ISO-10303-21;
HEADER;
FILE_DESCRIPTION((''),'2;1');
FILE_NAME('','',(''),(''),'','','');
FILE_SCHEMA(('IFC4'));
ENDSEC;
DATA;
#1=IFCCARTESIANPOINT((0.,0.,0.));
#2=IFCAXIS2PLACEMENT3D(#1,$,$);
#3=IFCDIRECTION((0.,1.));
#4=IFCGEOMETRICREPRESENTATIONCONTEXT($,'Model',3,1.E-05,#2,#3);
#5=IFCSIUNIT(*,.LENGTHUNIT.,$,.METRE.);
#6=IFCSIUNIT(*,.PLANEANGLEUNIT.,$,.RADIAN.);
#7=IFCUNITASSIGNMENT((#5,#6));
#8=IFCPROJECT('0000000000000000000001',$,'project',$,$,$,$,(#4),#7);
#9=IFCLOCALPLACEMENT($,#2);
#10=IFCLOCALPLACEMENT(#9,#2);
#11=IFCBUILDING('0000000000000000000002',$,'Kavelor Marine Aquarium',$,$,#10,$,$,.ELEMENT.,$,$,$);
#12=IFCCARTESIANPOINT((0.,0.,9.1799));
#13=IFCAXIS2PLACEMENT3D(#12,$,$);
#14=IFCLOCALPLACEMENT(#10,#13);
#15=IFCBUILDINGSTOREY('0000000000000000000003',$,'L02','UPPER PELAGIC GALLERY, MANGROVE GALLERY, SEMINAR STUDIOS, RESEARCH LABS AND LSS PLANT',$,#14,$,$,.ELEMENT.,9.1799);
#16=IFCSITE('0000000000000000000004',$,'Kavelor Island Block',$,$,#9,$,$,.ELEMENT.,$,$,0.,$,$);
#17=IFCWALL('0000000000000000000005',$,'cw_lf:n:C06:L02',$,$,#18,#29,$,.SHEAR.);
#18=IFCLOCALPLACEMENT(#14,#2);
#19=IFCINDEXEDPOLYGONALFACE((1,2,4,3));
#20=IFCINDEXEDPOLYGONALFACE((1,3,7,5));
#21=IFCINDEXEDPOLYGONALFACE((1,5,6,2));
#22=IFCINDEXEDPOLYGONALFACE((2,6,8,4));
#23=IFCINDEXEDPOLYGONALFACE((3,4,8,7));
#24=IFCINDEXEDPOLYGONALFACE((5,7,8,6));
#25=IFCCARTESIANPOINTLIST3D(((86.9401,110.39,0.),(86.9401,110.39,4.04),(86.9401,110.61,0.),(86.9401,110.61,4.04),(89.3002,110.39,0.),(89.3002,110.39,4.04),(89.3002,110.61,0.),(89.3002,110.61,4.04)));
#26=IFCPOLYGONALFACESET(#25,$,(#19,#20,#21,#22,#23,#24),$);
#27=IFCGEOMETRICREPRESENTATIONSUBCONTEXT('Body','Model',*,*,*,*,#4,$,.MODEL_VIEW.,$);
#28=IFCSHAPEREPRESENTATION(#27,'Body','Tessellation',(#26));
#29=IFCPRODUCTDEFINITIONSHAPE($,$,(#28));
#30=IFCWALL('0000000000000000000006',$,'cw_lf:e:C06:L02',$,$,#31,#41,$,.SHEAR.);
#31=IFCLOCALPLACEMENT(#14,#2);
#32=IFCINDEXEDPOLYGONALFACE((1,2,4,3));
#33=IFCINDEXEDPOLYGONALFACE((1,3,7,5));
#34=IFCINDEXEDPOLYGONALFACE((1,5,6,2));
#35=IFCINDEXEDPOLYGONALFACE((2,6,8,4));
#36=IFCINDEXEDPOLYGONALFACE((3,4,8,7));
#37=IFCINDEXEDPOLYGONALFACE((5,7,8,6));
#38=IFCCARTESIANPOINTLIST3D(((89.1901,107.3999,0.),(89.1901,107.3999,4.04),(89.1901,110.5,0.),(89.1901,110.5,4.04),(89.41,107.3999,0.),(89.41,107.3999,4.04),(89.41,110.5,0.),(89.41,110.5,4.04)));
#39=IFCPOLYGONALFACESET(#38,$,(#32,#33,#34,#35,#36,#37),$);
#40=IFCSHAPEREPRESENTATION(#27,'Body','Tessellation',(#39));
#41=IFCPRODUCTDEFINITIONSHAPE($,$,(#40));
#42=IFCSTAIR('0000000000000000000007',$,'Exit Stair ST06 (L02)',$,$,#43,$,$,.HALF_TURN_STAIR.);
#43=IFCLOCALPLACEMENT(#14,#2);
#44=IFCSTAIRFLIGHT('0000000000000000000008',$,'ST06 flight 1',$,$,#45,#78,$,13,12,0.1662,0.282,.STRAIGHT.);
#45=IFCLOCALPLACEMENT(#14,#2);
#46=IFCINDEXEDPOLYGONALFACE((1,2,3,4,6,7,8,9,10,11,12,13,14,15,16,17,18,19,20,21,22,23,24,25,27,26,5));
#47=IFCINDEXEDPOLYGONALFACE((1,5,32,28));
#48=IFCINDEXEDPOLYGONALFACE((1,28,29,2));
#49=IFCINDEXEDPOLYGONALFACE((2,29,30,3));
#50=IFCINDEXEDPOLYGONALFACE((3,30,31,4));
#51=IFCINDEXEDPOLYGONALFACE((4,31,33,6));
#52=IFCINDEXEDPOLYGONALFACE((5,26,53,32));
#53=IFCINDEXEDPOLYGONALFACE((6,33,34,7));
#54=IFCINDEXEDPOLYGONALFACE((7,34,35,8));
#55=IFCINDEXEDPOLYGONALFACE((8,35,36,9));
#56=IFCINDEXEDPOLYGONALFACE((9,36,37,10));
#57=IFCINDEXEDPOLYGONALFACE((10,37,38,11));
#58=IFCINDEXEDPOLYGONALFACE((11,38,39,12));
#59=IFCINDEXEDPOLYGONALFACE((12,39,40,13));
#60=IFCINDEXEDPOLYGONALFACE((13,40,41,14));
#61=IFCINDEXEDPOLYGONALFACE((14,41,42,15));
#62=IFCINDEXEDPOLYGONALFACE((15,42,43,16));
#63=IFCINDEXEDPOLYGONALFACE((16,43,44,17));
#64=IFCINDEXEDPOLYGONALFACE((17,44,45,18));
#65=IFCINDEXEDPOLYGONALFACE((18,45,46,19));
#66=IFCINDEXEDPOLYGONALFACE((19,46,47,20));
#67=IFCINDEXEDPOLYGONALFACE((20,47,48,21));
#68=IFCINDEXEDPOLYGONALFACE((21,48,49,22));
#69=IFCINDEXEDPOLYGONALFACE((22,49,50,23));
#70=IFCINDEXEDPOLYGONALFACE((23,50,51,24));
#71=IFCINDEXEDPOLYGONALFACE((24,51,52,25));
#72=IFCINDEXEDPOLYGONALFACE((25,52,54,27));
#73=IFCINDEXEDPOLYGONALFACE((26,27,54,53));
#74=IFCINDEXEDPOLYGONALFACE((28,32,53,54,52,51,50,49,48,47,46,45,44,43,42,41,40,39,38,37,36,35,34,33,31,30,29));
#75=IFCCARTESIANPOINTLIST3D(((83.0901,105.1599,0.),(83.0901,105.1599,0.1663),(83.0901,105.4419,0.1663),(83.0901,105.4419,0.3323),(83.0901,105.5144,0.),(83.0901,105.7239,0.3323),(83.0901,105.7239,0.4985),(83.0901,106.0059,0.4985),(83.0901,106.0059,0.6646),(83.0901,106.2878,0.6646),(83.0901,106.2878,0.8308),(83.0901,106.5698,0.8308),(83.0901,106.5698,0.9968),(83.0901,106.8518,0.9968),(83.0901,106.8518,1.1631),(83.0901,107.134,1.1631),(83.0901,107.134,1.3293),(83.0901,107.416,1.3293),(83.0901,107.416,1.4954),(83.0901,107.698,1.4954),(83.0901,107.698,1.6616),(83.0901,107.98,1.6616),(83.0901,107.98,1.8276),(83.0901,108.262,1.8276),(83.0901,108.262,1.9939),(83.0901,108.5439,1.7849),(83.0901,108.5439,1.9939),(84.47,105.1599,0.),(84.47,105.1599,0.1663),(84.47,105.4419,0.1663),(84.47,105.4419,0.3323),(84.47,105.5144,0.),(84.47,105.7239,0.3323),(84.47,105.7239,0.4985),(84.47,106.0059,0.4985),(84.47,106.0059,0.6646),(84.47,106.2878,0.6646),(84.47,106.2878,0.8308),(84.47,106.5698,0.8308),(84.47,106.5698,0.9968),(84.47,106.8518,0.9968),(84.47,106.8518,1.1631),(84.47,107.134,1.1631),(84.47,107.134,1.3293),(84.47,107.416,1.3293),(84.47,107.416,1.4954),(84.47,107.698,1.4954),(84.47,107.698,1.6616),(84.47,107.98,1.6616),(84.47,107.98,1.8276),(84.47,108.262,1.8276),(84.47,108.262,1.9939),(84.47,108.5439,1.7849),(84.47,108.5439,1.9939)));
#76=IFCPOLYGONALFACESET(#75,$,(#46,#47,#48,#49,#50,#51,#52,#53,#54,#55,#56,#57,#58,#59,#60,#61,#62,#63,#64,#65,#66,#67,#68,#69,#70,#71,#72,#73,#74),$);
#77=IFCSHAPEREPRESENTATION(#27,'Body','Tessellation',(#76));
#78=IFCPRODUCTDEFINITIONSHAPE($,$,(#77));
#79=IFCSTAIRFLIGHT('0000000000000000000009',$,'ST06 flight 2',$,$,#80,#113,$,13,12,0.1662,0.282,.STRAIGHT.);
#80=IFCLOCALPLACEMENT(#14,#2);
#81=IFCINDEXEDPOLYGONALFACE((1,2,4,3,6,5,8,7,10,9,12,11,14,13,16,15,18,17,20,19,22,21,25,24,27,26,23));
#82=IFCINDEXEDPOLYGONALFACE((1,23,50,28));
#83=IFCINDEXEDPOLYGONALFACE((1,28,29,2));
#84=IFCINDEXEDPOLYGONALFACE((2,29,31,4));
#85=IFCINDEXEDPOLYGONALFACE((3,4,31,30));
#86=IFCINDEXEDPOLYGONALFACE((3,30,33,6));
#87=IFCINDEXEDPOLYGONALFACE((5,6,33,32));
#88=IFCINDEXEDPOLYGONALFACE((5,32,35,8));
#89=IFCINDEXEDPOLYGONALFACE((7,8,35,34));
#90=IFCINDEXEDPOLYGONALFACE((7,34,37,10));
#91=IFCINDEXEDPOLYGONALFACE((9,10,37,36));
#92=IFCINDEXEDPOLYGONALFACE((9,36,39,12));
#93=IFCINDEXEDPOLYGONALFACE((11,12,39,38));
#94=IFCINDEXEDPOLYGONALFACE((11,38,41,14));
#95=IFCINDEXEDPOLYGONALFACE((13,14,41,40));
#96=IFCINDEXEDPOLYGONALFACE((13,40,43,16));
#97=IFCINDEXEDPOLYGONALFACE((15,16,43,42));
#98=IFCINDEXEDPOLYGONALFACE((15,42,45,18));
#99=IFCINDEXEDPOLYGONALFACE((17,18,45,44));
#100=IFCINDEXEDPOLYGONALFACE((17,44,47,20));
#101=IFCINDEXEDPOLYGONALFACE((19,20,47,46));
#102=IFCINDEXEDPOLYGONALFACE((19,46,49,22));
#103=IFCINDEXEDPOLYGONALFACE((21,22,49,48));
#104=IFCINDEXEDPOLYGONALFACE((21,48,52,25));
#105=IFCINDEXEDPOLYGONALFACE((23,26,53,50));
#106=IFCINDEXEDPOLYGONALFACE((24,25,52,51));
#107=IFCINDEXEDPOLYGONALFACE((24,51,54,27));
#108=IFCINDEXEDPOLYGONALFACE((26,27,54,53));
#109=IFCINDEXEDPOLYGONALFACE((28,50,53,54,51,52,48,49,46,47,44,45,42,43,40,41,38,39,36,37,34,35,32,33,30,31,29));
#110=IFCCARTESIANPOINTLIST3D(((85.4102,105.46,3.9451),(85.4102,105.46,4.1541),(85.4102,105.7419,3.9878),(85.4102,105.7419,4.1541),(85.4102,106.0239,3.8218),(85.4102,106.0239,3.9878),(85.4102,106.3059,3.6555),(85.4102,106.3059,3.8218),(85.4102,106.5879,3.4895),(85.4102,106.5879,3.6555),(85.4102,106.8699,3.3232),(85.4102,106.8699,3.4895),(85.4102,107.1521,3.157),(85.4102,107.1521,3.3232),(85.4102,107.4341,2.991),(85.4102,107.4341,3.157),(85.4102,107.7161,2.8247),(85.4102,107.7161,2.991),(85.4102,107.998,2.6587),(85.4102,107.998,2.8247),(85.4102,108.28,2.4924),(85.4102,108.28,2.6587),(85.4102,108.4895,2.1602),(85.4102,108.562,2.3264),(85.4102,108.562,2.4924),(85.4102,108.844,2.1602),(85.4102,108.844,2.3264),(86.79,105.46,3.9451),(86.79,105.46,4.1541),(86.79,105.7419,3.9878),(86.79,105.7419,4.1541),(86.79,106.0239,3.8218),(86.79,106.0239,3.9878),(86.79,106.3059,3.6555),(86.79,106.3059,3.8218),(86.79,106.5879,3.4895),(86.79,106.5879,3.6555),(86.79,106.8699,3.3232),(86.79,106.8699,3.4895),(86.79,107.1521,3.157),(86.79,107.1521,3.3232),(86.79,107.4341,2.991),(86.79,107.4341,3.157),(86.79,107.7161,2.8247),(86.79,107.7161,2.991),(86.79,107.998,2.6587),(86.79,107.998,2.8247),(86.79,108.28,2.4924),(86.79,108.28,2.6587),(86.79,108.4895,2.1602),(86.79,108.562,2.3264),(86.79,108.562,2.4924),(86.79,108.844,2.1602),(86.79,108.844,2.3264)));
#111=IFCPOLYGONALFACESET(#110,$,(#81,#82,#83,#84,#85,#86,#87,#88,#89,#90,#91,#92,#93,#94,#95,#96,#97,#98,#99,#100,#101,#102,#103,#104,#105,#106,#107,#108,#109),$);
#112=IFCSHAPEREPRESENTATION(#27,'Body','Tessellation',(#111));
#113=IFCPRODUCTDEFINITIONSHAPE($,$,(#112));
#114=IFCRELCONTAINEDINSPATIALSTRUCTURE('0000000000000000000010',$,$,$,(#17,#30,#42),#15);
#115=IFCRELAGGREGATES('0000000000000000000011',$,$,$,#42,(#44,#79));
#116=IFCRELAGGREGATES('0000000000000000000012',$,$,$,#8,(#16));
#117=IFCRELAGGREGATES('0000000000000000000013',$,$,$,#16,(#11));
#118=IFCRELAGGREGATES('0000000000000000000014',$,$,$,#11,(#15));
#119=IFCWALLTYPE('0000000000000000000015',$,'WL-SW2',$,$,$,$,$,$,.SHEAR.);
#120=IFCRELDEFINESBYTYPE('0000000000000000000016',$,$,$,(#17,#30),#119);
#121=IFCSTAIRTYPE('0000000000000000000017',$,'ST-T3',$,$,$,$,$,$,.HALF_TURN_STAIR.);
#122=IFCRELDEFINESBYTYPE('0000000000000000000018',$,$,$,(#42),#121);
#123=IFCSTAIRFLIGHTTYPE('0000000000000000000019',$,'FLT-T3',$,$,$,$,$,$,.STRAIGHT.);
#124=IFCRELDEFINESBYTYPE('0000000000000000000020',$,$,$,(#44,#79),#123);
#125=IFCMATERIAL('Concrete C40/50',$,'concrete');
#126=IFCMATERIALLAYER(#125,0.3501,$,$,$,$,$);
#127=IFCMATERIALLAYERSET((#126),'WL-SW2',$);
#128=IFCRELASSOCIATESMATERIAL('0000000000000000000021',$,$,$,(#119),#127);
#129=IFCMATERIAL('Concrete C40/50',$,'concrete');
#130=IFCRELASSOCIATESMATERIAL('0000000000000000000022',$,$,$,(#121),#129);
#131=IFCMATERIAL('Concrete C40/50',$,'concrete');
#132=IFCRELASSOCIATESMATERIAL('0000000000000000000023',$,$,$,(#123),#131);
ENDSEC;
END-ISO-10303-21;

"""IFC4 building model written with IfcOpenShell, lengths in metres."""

from ifc_helpers import new_model, si_unit, direction, frame, frame_2d, origin, place, context, subcontext, project, spatial, polyline, rectangle, outline, extrude, material, layer, layer_set, type_object, element, aggregate, save


model = new_model("IFC4")

# Units and contexts
model_context = context("Model", 3, precision=1e-05, world=origin(), true_north=direction((0.0, 1.0)))
body_context = subcontext(model_context, "Body", "Model", "MODEL_VIEW")
ifc_project = project(units=[si_unit("LENGTHUNIT", "METRE"), si_unit("PLANEANGLEUNIT", "RADIAN")], contexts=[model_context])

# Site, building, storey
site_placement = place(None, origin())
site = spatial("IfcSite", under=ifc_project, at=site_placement, Name="Kavelor Island Block", CompositionType="ELEMENT", RefElevation=0.0)
building_placement = place(site_placement, origin())
building = spatial("IfcBuilding", under=site, at=building_placement, Name="Kavelor Marine Aquarium", CompositionType="ELEMENT")
storey_placement = place(building_placement, frame((0.0, 0.0, 9.1799)))
storey = spatial("IfcBuildingStorey", under=building, at=storey_placement, Name="L02", Description="UPPER PELAGIC GALLERY, MANGROVE GALLERY, SEMINAR STUDIOS, RESEARCH LABS AND LSS PLANT", CompositionType="ELEMENT", Elevation=9.1799)

# Shared definitions
ifc_material_1 = material(Name="Concrete C40/50", Category="concrete")
ifc_layer_1 = layer(ifc_material_1, 0.3501)
ifc_layer_set_1 = layer_set([ifc_layer_1], Name="WL-SW2")
wall_type_1 = type_object("IfcWallType", Name="WL-SW2", PredefinedType="SHEAR", material=ifc_layer_set_1)

# Walls
wall_1_placement = place(storey_placement, frame((86.9399, 110.5, 0.0), z_axis=(0.0, 0.0, 1.0), x_axis=(1.0, 0.0, 0.0)))
element("IfcWall", 1, at=wall_1_placement, inside=storey, type_object=wall_type_1, Name="cw_lf:n:C06:L02", PredefinedType="SHEAR", context=body_context, shape_type="SweptSolid", body=[
    extrude(rectangle(XDim=2.3601, YDim=0.22, at=frame_2d((1.1802, 0.0))), origin(), (0.0, 0.0, 1.0), 4.04),
])
wall_2_placement = place(storey_placement, frame((89.3, 107.3999, 0.0), z_axis=(0.0, 0.0, 1.0), x_axis=(0.0, 1.0, 0.0)))
element("IfcWall", 2, at=wall_2_placement, inside=storey, type_object=wall_type_1, Name="cw_lf:e:C06:L02", PredefinedType="SHEAR", context=body_context, shape_type="SweptSolid", body=[
    extrude(rectangle(XDim=3.1001, YDim=0.22, at=frame_2d((1.55, 0.0))), origin(), (0.0, 0.0, 1.0), 4.04),
])

# Stair, stair flights
ifc_material_2 = material(Name="Concrete C40/50", Category="concrete")
stair_type = type_object("IfcStairType", Name="ST-T3", PredefinedType="HALF_TURN_STAIR", material=ifc_material_2)
stair_placement = place(storey_placement, origin())
stair = element("IfcStair", 3, at=stair_placement, inside=storey, type_object=stair_type, Name="Exit Stair ST06 (L02)", PredefinedType="HALF_TURN_STAIR")
ifc_material_3 = material(Name="Concrete C40/50", Category="concrete")
stair_flight_type = type_object("IfcStairFlightType", Name="FLT-T3", PredefinedType="STRAIGHT", material=ifc_material_3)
stair_flight_1_placement = place(storey_placement, frame((83.78, 105.1599, 0.0), z_axis=(0.0, 0.0, 1.0), x_axis=(0.0, 1.0, 0.0)))
stair_flight_1 = element("IfcStairFlight", 4, at=stair_flight_1_placement, type_object=stair_flight_type, Name="ST06 flight 1", NumberOfRisers=13, NumberOfTreads=12, PredefinedType="STRAIGHT", RiserHeight=0.1662, TreadLength=0.282, context=body_context, shape_type="SweptSolid", body=[
    extrude(outline(polyline([(0.0, 0.0), (0.0, 0.1663), (0.282, 0.1663), (0.282, 0.3323), (0.564, 0.3323), (0.564, 0.4985), (0.8459, 0.4985), (0.8459, 0.6646), (1.1279, 0.6646), (1.1279, 0.8308), (1.4099, 0.8308), (1.4099, 0.9968), (1.6919, 0.9968), (1.6919, 1.1631), (1.9741, 1.1631), (1.9741, 1.3293), (2.2561, 1.3293), (2.2561, 1.4954), (2.5381, 1.4954), (2.5381, 1.6616), (2.8201, 1.6616), (2.8201, 1.8276), (3.1021, 1.8276), (3.1021, 1.9939), (3.384, 1.9939), (3.384, 2.1599), (3.384, 1.7849), (0.3545, 0.0), (0.0, 0.0)])), frame((0.0, 0.6899, 0.0), z_axis=(0.0, -1.0, 0.0), x_axis=(1.0, 0.0, 0.0)), (0.0, 0.0, 1.0), 1.3799),
])
stair_flight_2_placement = place(storey_placement, frame((86.1001, 108.844, 2.1602), z_axis=(0.0, 0.0, 1.0), x_axis=(0.0, -1.0, 0.0)))
stair_flight_2 = element("IfcStairFlight", 5, at=stair_flight_2_placement, type_object=stair_flight_type, Name="ST06 flight 2", NumberOfRisers=13, NumberOfTreads=12, PredefinedType="STRAIGHT", RiserHeight=0.1662, TreadLength=0.282, context=body_context, shape_type="SweptSolid", body=[
    extrude(outline(polyline([(0.0, 0.0), (0.0, 0.1663), (0.282, 0.1663), (0.282, 0.3323), (0.564, 0.3323), (0.564, 0.4985), (0.8459, 0.4985), (0.8459, 0.6646), (1.1279, 0.6646), (1.1279, 0.8308), (1.4099, 0.8308), (1.4099, 0.9968), (1.6919, 0.9968), (1.6919, 1.1631), (1.9741, 1.1631), (1.9741, 1.3293), (2.2561, 1.3293), (2.2561, 1.4954), (2.5381, 1.4954), (2.5381, 1.6616), (2.8201, 1.6616), (2.8201, 1.8276), (3.1021, 1.8276), (3.1021, 1.9939), (3.384, 1.9939), (3.384, 2.1599), (3.384, 1.7849), (0.3545, 0.0), (0.0, 0.0)])), frame((0.0, 0.6899, 0.0), z_axis=(0.0, -1.0, 0.0), x_axis=(1.0, 0.0, 0.0)), (0.0, 0.0, 1.0), 1.3799),
])
aggregate(stair, [stair_flight_1, stair_flight_2])

save(model, "model.ifc")
